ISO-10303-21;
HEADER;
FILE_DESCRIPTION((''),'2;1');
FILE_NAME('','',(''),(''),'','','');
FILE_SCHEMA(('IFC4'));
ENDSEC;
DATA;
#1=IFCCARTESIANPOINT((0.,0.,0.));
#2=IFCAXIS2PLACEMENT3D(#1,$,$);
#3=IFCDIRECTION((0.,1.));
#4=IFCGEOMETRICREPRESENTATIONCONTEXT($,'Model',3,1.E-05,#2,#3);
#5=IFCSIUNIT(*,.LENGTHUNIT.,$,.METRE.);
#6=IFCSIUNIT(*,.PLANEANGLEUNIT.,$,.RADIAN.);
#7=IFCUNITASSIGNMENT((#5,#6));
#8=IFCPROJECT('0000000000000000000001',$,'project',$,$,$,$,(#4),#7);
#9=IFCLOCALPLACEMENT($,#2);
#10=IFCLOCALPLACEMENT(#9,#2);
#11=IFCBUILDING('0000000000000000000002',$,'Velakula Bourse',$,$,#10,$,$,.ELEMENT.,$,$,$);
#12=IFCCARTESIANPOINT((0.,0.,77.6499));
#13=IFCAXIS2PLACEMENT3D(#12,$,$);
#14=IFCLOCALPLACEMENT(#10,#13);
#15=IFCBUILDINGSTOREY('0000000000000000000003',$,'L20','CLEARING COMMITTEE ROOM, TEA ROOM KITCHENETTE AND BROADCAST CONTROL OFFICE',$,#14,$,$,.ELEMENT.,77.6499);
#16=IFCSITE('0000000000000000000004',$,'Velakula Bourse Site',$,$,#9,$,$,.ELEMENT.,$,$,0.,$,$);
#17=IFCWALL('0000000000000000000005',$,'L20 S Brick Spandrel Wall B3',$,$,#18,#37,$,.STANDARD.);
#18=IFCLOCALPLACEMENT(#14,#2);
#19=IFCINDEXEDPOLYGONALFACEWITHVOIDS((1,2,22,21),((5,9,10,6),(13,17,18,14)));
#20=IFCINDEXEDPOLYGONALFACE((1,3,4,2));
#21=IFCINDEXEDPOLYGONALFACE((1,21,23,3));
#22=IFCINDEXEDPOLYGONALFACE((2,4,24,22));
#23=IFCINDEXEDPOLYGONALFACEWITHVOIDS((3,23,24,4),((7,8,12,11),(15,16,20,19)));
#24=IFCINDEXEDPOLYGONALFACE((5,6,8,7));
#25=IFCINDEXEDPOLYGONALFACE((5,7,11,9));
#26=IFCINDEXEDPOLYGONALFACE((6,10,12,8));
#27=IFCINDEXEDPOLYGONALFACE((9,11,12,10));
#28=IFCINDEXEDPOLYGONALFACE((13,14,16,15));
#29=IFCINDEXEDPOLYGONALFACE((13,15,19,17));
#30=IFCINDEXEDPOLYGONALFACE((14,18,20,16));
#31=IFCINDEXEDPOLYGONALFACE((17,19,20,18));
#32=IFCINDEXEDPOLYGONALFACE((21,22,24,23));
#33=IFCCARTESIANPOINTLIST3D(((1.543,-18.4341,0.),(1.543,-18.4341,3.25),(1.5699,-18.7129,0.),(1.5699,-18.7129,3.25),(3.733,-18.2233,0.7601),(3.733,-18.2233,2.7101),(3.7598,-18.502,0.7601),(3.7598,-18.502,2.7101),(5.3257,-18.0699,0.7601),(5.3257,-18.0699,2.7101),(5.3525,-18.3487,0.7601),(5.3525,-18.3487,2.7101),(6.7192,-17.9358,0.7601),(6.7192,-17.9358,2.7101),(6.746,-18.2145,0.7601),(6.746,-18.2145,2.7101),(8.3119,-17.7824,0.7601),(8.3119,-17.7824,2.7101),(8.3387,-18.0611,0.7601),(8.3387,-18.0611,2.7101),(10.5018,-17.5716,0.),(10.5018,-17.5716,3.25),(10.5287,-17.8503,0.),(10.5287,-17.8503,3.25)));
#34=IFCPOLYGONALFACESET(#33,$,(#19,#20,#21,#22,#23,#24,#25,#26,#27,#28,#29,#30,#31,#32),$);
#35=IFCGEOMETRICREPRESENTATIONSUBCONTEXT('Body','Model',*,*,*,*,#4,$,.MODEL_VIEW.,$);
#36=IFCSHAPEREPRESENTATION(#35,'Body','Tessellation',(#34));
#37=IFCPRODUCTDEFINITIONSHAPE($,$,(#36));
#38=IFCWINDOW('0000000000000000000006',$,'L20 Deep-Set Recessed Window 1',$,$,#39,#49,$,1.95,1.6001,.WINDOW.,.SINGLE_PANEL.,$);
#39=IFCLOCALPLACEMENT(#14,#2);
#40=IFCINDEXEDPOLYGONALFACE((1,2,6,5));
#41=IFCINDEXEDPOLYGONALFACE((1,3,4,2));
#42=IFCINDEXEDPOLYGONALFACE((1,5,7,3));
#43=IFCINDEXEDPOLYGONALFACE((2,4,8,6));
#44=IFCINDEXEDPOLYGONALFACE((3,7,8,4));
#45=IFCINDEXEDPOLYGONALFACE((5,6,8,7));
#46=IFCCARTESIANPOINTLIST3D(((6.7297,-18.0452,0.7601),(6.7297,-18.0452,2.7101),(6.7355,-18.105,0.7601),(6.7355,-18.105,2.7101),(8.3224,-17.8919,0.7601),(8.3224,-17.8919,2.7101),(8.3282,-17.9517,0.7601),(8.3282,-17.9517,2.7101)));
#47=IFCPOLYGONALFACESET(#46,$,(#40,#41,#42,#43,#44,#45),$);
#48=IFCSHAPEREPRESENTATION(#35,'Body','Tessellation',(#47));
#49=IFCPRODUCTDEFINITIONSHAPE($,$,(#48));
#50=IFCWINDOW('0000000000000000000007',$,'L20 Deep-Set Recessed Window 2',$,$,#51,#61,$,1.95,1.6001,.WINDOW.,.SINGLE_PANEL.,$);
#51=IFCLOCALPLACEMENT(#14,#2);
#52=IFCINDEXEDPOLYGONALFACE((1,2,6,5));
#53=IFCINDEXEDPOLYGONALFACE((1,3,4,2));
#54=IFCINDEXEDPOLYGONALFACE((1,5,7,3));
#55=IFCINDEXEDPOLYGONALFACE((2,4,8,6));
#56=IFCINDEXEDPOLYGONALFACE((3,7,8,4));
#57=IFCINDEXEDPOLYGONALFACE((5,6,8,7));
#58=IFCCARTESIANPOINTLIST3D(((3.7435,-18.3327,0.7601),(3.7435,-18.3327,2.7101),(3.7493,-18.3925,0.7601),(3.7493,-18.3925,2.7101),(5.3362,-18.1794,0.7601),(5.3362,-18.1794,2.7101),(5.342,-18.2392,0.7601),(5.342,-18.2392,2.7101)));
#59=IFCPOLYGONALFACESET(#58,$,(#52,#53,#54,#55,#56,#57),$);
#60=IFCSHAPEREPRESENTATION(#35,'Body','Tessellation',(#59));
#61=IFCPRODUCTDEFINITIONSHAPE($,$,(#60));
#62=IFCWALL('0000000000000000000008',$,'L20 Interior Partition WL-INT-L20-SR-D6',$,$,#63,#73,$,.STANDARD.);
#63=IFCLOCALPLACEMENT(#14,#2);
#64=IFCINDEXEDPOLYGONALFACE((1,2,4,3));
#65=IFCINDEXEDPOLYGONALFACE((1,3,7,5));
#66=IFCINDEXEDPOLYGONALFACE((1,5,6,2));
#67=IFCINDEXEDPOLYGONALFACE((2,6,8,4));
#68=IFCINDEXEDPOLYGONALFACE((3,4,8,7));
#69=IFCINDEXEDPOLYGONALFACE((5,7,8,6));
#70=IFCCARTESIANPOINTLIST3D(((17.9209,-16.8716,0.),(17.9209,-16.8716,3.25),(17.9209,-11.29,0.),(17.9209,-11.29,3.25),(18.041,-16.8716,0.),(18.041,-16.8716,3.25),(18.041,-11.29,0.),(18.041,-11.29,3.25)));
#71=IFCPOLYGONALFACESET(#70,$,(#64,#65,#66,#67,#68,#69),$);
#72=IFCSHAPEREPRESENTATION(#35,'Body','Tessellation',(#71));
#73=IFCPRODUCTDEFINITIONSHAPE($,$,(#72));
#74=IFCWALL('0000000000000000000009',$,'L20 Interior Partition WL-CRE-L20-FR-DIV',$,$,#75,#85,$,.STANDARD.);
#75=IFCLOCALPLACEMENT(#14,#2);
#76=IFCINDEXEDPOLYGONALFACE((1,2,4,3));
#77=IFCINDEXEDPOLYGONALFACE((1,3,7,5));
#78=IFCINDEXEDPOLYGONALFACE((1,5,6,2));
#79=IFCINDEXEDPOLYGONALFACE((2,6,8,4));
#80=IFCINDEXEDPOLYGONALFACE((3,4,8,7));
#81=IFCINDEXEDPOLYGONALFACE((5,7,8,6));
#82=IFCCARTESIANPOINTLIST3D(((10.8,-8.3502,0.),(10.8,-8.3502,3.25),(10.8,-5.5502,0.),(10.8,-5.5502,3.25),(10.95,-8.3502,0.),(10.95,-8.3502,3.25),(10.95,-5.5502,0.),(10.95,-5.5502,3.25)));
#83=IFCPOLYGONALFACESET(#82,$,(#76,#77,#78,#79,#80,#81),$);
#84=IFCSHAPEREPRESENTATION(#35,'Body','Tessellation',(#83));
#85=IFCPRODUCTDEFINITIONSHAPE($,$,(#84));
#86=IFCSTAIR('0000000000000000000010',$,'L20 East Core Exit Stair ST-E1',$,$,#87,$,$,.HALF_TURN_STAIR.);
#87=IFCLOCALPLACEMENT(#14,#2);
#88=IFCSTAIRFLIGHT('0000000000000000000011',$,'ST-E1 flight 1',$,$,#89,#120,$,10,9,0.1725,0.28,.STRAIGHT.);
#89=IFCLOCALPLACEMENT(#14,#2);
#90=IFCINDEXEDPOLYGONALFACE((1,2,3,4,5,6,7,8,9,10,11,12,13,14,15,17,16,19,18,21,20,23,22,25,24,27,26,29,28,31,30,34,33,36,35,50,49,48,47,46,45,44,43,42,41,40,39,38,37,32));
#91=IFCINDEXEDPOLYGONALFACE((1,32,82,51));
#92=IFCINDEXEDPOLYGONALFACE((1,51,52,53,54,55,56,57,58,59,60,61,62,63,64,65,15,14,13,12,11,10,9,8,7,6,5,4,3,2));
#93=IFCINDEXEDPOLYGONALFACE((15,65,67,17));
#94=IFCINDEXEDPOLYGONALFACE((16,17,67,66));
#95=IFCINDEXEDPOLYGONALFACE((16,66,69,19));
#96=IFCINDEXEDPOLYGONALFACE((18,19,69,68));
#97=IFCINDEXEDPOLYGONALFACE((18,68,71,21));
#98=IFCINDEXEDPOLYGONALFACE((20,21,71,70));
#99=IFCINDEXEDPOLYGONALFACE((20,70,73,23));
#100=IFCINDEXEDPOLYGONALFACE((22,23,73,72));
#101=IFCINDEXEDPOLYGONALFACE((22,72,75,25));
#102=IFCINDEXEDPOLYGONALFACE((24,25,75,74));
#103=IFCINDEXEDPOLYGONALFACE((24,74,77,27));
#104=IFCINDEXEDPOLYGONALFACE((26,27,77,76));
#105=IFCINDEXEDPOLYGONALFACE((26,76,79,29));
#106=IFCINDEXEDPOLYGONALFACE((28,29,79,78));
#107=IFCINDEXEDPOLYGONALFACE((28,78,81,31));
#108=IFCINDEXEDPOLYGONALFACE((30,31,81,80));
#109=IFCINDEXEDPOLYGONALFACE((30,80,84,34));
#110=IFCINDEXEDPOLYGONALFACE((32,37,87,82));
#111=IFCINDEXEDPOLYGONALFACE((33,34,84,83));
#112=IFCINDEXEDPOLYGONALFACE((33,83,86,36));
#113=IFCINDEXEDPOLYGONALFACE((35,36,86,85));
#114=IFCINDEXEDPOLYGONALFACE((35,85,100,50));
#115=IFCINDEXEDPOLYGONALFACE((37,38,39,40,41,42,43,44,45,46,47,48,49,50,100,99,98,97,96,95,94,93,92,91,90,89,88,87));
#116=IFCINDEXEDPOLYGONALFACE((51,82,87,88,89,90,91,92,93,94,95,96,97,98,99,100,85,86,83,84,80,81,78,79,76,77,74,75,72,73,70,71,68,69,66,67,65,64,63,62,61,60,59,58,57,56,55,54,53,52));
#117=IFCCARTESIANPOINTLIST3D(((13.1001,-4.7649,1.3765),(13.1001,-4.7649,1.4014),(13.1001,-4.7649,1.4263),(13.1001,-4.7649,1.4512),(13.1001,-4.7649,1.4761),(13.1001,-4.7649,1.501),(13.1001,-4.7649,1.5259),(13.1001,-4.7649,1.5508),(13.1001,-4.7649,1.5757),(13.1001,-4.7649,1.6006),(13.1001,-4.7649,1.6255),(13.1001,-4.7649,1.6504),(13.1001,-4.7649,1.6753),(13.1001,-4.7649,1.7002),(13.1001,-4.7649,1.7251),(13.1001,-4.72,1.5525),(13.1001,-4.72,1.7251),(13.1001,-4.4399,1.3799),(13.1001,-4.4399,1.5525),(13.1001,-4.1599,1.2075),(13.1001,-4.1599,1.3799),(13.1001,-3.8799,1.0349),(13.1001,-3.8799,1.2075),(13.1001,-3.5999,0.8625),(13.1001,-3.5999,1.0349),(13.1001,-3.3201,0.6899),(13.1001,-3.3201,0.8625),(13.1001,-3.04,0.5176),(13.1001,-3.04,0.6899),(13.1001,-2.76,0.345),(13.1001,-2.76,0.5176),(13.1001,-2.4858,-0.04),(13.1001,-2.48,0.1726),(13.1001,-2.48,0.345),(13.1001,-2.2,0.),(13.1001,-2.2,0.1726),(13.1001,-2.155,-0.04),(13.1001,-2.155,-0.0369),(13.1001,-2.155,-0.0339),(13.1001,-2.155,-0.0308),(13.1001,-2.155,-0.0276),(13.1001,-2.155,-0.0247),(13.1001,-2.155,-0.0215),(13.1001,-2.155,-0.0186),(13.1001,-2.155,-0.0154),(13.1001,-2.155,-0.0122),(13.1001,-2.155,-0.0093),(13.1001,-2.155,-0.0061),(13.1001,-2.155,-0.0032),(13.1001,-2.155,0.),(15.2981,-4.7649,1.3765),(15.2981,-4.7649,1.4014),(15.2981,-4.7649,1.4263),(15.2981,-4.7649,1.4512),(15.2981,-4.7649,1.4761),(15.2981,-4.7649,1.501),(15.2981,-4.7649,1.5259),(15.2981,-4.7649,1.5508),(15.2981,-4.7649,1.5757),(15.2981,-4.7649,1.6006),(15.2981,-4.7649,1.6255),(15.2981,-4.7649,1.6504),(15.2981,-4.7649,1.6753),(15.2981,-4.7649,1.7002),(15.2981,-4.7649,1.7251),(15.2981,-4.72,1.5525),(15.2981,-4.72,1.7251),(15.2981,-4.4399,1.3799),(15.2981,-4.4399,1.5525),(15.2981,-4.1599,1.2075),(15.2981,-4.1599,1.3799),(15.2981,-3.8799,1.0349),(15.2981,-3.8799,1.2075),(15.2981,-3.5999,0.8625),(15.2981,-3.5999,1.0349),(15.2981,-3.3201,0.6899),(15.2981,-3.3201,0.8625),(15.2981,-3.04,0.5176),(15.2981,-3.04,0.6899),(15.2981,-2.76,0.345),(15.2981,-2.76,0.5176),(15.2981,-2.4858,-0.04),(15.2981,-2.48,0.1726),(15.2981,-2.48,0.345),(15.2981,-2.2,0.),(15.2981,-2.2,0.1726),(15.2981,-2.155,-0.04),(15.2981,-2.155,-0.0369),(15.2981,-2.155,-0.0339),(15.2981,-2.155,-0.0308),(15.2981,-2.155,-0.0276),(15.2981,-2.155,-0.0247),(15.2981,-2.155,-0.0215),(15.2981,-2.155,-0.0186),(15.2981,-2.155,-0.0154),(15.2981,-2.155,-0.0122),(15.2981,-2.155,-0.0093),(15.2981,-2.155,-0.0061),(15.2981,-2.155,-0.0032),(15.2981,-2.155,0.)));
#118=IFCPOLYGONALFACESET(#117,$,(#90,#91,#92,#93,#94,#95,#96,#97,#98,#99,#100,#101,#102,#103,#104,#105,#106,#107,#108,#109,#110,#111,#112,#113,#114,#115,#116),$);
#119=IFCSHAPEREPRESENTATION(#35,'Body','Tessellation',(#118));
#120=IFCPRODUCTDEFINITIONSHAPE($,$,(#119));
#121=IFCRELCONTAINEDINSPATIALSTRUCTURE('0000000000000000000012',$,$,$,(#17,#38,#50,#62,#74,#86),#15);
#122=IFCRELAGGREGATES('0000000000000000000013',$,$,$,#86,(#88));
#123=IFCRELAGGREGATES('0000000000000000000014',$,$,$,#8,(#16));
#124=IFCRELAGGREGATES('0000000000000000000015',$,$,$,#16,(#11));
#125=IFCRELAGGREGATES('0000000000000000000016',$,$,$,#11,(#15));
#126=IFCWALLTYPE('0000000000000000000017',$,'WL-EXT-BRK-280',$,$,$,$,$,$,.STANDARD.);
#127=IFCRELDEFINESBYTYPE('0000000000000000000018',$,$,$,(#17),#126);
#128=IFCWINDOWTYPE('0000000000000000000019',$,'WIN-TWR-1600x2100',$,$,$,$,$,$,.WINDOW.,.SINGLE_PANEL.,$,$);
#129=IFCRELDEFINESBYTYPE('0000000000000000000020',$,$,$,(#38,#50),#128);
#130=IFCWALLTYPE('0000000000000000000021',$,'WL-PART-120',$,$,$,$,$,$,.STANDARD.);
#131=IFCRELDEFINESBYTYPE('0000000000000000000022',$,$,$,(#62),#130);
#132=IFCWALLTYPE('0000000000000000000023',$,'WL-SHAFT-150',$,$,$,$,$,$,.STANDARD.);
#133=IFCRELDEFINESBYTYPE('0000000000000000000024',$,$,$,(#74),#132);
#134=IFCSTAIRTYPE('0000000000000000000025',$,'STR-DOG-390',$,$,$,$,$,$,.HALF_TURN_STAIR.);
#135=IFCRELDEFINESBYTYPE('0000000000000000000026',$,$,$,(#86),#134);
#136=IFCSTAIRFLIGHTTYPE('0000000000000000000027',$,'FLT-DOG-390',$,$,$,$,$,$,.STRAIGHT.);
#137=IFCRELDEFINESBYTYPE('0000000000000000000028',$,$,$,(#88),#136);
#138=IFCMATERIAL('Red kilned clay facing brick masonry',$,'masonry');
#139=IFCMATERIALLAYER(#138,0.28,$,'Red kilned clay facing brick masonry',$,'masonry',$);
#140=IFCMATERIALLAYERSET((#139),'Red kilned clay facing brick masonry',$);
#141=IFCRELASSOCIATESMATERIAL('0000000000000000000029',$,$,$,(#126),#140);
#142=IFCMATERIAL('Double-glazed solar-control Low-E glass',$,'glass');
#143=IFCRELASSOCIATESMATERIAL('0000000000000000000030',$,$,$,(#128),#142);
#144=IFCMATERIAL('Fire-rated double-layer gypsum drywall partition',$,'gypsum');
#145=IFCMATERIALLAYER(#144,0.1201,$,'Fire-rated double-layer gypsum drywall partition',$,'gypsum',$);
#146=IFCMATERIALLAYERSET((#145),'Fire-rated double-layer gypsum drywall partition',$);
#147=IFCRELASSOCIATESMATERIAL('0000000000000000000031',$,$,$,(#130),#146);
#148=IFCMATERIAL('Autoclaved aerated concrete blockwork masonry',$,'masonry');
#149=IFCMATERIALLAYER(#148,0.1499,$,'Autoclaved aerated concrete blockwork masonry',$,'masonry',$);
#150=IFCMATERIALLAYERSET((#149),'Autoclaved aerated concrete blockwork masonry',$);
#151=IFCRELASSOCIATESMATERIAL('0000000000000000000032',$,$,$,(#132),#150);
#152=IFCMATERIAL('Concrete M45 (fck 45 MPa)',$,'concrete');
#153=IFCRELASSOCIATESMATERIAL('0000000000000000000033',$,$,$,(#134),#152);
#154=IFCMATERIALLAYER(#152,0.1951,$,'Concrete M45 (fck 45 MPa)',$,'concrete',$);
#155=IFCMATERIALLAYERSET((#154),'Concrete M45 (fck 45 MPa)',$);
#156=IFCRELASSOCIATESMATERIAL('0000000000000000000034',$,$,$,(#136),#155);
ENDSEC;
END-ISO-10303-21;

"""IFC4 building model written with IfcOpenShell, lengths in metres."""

from ifc_helpers import new_model, si_unit, direction, frame, frame_2d, origin, place, context, subcontext, project, spatial, polyline, rectangle, outline, extrude, material, layer, layer_set, type_object, element, fill, aggregate, save


model = new_model("IFC4")

# Units and contexts
model_context = context("Model", 3, precision=1e-05, world=origin(), true_north=direction((0.0, 1.0)))
body_context = subcontext(model_context, "Body", "Model", "MODEL_VIEW")
ifc_project = project(units=[si_unit("LENGTHUNIT", "METRE"), si_unit("PLANEANGLEUNIT", "RADIAN")], contexts=[model_context])

# Site, building, storey
site_placement = place(None, origin())
site = spatial("IfcSite", under=ifc_project, at=site_placement, Name="Velakula Bourse Site", CompositionType="ELEMENT", RefElevation=0.0)
building_placement = place(site_placement, origin())
building = spatial("IfcBuilding", under=site, at=building_placement, Name="Velakula Bourse", CompositionType="ELEMENT")
storey_placement = place(building_placement, frame((0.0, 0.0, 77.6499)))
storey = spatial("IfcBuildingStorey", under=building, at=storey_placement, Name="L20", Description="CLEARING COMMITTEE ROOM, TEA ROOM KITCHENETTE AND BROADCAST CONTROL OFFICE", CompositionType="ELEMENT", Elevation=77.6499)

# Wall, openings, windows
ifc_material_1 = material(Name="Red kilned clay facing brick masonry", Category="masonry")
ifc_layer_1 = layer(ifc_material_1, 0.28, Name="Red kilned clay facing brick masonry", Category="masonry")
ifc_layer_set_1 = layer_set([ifc_layer_1], Name="Red kilned clay facing brick masonry")
wall_type_1 = type_object("IfcWallType", Name="WL-EXT-BRK-280", PredefinedType="STANDARD", material=ifc_layer_set_1)
wall_1_placement = place(storey_placement, frame((10.5151, -17.7109, 0.0), z_axis=(0.0, 0.0, 1.0), x_axis=(-0.995397, -0.095837, 0.0)))
wall_1 = element("IfcWall", 1, at=wall_1_placement, inside=storey, type_object=wall_type_1, Name="L20 S Brick Spandrel Wall B3", PredefinedType="STANDARD", context=body_context, shape_type="SweptSolid", body=[
    extrude(rectangle(XDim=9.0002, YDim=0.28, at=frame_2d((4.5, 0.0))), origin(), (0.0, 0.0, 1.0), 3.25),
])
opening_1_placement = place(wall_1_placement, frame((2.2, 0.0, 0.76)))
opening_1 = element("IfcOpeningElement", 2, at=opening_1_placement, cuts=wall_1, PredefinedType="OPENING", context=body_context, shape_type="SweptSolid", body=[
    extrude(rectangle(XDim=1.6001, YDim=1.95, at=frame_2d((0.8, 0.9751))), frame((0.0, 0.1499, 0.0), z_axis=(0.0, -1.0, 0.0), x_axis=(1.0, 0.0, 0.0)), (0.0, 0.0, 1.0), 0.3),
])
opening_2_placement = place(wall_1_placement, frame((5.2, 0.0, 0.76)))
opening_2 = element("IfcOpeningElement", 3, at=opening_2_placement, cuts=wall_1, PredefinedType="OPENING", context=body_context, shape_type="SweptSolid", body=[
    extrude(rectangle(XDim=1.6001, YDim=1.95, at=frame_2d((0.8, 0.9751))), frame((0.0, 0.1499, 0.0), z_axis=(0.0, -1.0, 0.0), x_axis=(1.0, 0.0, 0.0)), (0.0, 0.0, 1.0), 0.3),
])
ifc_material_2 = material(Name="Double-glazed solar-control Low-E glass", Category="glass")
window_type = type_object("IfcWindowType", Name="WIN-TWR-1600x2100", PartitioningType="SINGLE_PANEL", PredefinedType="WINDOW", material=ifc_material_2)
window_1_placement = place(opening_1_placement, origin())
window_1 = element("IfcWindow", 4, at=window_1_placement, inside=storey, type_object=window_type, Name="L20 Deep-Set Recessed Window 1", OverallHeight=1.95, OverallWidth=1.6001, PartitioningType="SINGLE_PANEL", PredefinedType="WINDOW", context=body_context, shape_type="SweptSolid", body=[
    extrude(rectangle(XDim=1.6001, YDim=1.95, at=frame_2d((0.8, 0.9751))), frame((0.0, 0.03, 0.0), z_axis=(0.0, -1.0, 0.0), x_axis=(1.0, 0.0, 0.0)), (0.0, 0.0, 1.0), 0.0601),
])
fill(opening_1, window_1)
window_2_placement = place(opening_2_placement, origin())
window_2 = element("IfcWindow", 5, at=window_2_placement, inside=storey, type_object=window_type, Name="L20 Deep-Set Recessed Window 2", OverallHeight=1.95, OverallWidth=1.6001, PartitioningType="SINGLE_PANEL", PredefinedType="WINDOW", context=body_context, shape_type="SweptSolid", body=[
    extrude(rectangle(XDim=1.6001, YDim=1.95, at=frame_2d((0.8, 0.9751))), frame((0.0, 0.03, 0.0), z_axis=(0.0, -1.0, 0.0), x_axis=(1.0, 0.0, 0.0)), (0.0, 0.0, 1.0), 0.0601),
])
fill(opening_2, window_2)

# Walls
ifc_material_3 = material(Name="Fire-rated double-layer gypsum drywall partition", Category="gypsum")
ifc_layer_2 = layer(ifc_material_3, 0.1201, Name="Fire-rated double-layer gypsum drywall partition", Category="gypsum")
ifc_layer_set_2 = layer_set([ifc_layer_2], Name="Fire-rated double-layer gypsum drywall partition")
wall_type_2 = type_object("IfcWallType", Name="WL-PART-120", PredefinedType="STANDARD", material=ifc_layer_set_2)
wall_2_placement = place(storey_placement, frame((17.981, -16.8716, 0.0), z_axis=(0.0, 0.0, 1.0), x_axis=(0.0, 1.0, 0.0)))
element("IfcWall", 6, at=wall_2_placement, inside=storey, type_object=wall_type_2, Name="L20 Interior Partition WL-INT-L20-SR-D6", PredefinedType="STANDARD", context=body_context, shape_type="SweptSolid", body=[
    extrude(rectangle(XDim=5.5815, YDim=0.1201, at=frame_2d((2.7908, 0.0))), origin(), (0.0, 0.0, 1.0), 3.25),
])
ifc_material_4 = material(Name="Autoclaved aerated concrete blockwork masonry", Category="masonry")
ifc_layer_3 = layer(ifc_material_4, 0.1499, Name="Autoclaved aerated concrete blockwork masonry", Category="masonry")
ifc_layer_set_3 = layer_set([ifc_layer_3], Name="Autoclaved aerated concrete blockwork masonry")
wall_type_3 = type_object("IfcWallType", Name="WL-SHAFT-150", PredefinedType="STANDARD", material=ifc_layer_set_3)
wall_3_placement = place(storey_placement, frame((10.875, -8.3501, 0.0), z_axis=(0.0, 0.0, 1.0), x_axis=(0.0, 1.0, 0.0)))
element("IfcWall", 7, at=wall_3_placement, inside=storey, type_object=wall_type_3, Name="L20 Interior Partition WL-CRE-L20-FR-DIV", PredefinedType="STANDARD", context=body_context, shape_type="SweptSolid", body=[
    extrude(rectangle(XDim=2.8, YDim=0.1499, at=frame_2d((1.3999, 0.0))), origin(), (0.0, 0.0, 1.0), 3.25),
])

# Stair, stair flight
ifc_material_5 = material(Name="Concrete M45 (fck 45 MPa)", Category="concrete")
stair_type = type_object("IfcStairType", Name="STR-DOG-390", PredefinedType="HALF_TURN_STAIR", material=ifc_material_5)
stair_placement = place(storey_placement, origin())
stair = element("IfcStair", 8, at=stair_placement, inside=storey, type_object=stair_type, Name="L20 East Core Exit Stair ST-E1", PredefinedType="HALF_TURN_STAIR")
ifc_layer_4 = layer(ifc_material_5, 0.1951, Name="Concrete M45 (fck 45 MPa)", Category="concrete")
ifc_layer_set_4 = layer_set([ifc_layer_4], Name="Concrete M45 (fck 45 MPa)")
stair_flight_type = type_object("IfcStairFlightType", Name="FLT-DOG-390", PredefinedType="STRAIGHT", material=ifc_layer_set_4)
stair_flight_1_placement = place(storey_placement, frame((14.199, -2.2, 0.0), z_axis=(0.0, 0.0, 1.0), x_axis=(0.0, -1.0, 0.0)))
stair_flight_1 = element("IfcStairFlight", 9, at=stair_flight_1_placement, type_object=stair_flight_type, Name="ST-E1 flight 1", NumberOfRisers=10, NumberOfTreads=9, PredefinedType="STRAIGHT", RiserHeight=0.1725, TreadLength=0.28, context=body_context, shape_type="SweptSolid", body=[
    extrude(outline(polyline([(-0.0449, -0.04), (-0.0449, -0.0369), (-0.0449, -0.0339), (-0.0449, -0.0308), (-0.0449, -0.0276), (-0.0449, -0.0247), (-0.0449, -0.0215), (-0.0449, -0.0186), (-0.0449, -0.0154), (-0.0449, -0.0122), (-0.0449, -0.0093), (-0.0449, -0.0061), (-0.0449, -0.0032), (-0.0449, 0.0), (0.0, 0.0), (0.0, 0.1726), (0.28, 0.1726), (0.28, 0.345), (0.5601, 0.345), (0.5601, 0.5176), (0.8401, 0.5176), (0.8401, 0.6899), (1.1201, 0.6899), (1.1201, 0.8625), (1.3999, 0.8625), (1.3999, 1.0349), (1.6799, 1.0349), (1.6799, 1.2075), (1.96, 1.2075), (1.96, 1.3799), (2.24, 1.3799), (2.24, 1.5525), (2.52, 1.5525), (2.52, 1.7251), (2.5649, 1.7251), (2.5649, 1.7002), (2.5649, 1.6753), (2.5649, 1.6504), (2.5649, 1.6255), (2.5649, 1.6006), (2.5649, 1.5757), (2.5649, 1.5508), (2.5649, 1.5259), (2.5649, 1.501), (2.5649, 1.4761), (2.5649, 1.4512), (2.5649, 1.4263), (2.5649, 1.4014), (2.5649, 1.3765), (0.2859, -0.04), (-0.0449, -0.04)])), frame((0.0, 1.0991, 0.0), z_axis=(0.0, -1.0, 0.0), x_axis=(1.0, 0.0, 0.0)), (0.0, 0.0, 1.0), 2.198),
])
aggregate(stair, [stair_flight_1])

save(model, "model.ifc")
